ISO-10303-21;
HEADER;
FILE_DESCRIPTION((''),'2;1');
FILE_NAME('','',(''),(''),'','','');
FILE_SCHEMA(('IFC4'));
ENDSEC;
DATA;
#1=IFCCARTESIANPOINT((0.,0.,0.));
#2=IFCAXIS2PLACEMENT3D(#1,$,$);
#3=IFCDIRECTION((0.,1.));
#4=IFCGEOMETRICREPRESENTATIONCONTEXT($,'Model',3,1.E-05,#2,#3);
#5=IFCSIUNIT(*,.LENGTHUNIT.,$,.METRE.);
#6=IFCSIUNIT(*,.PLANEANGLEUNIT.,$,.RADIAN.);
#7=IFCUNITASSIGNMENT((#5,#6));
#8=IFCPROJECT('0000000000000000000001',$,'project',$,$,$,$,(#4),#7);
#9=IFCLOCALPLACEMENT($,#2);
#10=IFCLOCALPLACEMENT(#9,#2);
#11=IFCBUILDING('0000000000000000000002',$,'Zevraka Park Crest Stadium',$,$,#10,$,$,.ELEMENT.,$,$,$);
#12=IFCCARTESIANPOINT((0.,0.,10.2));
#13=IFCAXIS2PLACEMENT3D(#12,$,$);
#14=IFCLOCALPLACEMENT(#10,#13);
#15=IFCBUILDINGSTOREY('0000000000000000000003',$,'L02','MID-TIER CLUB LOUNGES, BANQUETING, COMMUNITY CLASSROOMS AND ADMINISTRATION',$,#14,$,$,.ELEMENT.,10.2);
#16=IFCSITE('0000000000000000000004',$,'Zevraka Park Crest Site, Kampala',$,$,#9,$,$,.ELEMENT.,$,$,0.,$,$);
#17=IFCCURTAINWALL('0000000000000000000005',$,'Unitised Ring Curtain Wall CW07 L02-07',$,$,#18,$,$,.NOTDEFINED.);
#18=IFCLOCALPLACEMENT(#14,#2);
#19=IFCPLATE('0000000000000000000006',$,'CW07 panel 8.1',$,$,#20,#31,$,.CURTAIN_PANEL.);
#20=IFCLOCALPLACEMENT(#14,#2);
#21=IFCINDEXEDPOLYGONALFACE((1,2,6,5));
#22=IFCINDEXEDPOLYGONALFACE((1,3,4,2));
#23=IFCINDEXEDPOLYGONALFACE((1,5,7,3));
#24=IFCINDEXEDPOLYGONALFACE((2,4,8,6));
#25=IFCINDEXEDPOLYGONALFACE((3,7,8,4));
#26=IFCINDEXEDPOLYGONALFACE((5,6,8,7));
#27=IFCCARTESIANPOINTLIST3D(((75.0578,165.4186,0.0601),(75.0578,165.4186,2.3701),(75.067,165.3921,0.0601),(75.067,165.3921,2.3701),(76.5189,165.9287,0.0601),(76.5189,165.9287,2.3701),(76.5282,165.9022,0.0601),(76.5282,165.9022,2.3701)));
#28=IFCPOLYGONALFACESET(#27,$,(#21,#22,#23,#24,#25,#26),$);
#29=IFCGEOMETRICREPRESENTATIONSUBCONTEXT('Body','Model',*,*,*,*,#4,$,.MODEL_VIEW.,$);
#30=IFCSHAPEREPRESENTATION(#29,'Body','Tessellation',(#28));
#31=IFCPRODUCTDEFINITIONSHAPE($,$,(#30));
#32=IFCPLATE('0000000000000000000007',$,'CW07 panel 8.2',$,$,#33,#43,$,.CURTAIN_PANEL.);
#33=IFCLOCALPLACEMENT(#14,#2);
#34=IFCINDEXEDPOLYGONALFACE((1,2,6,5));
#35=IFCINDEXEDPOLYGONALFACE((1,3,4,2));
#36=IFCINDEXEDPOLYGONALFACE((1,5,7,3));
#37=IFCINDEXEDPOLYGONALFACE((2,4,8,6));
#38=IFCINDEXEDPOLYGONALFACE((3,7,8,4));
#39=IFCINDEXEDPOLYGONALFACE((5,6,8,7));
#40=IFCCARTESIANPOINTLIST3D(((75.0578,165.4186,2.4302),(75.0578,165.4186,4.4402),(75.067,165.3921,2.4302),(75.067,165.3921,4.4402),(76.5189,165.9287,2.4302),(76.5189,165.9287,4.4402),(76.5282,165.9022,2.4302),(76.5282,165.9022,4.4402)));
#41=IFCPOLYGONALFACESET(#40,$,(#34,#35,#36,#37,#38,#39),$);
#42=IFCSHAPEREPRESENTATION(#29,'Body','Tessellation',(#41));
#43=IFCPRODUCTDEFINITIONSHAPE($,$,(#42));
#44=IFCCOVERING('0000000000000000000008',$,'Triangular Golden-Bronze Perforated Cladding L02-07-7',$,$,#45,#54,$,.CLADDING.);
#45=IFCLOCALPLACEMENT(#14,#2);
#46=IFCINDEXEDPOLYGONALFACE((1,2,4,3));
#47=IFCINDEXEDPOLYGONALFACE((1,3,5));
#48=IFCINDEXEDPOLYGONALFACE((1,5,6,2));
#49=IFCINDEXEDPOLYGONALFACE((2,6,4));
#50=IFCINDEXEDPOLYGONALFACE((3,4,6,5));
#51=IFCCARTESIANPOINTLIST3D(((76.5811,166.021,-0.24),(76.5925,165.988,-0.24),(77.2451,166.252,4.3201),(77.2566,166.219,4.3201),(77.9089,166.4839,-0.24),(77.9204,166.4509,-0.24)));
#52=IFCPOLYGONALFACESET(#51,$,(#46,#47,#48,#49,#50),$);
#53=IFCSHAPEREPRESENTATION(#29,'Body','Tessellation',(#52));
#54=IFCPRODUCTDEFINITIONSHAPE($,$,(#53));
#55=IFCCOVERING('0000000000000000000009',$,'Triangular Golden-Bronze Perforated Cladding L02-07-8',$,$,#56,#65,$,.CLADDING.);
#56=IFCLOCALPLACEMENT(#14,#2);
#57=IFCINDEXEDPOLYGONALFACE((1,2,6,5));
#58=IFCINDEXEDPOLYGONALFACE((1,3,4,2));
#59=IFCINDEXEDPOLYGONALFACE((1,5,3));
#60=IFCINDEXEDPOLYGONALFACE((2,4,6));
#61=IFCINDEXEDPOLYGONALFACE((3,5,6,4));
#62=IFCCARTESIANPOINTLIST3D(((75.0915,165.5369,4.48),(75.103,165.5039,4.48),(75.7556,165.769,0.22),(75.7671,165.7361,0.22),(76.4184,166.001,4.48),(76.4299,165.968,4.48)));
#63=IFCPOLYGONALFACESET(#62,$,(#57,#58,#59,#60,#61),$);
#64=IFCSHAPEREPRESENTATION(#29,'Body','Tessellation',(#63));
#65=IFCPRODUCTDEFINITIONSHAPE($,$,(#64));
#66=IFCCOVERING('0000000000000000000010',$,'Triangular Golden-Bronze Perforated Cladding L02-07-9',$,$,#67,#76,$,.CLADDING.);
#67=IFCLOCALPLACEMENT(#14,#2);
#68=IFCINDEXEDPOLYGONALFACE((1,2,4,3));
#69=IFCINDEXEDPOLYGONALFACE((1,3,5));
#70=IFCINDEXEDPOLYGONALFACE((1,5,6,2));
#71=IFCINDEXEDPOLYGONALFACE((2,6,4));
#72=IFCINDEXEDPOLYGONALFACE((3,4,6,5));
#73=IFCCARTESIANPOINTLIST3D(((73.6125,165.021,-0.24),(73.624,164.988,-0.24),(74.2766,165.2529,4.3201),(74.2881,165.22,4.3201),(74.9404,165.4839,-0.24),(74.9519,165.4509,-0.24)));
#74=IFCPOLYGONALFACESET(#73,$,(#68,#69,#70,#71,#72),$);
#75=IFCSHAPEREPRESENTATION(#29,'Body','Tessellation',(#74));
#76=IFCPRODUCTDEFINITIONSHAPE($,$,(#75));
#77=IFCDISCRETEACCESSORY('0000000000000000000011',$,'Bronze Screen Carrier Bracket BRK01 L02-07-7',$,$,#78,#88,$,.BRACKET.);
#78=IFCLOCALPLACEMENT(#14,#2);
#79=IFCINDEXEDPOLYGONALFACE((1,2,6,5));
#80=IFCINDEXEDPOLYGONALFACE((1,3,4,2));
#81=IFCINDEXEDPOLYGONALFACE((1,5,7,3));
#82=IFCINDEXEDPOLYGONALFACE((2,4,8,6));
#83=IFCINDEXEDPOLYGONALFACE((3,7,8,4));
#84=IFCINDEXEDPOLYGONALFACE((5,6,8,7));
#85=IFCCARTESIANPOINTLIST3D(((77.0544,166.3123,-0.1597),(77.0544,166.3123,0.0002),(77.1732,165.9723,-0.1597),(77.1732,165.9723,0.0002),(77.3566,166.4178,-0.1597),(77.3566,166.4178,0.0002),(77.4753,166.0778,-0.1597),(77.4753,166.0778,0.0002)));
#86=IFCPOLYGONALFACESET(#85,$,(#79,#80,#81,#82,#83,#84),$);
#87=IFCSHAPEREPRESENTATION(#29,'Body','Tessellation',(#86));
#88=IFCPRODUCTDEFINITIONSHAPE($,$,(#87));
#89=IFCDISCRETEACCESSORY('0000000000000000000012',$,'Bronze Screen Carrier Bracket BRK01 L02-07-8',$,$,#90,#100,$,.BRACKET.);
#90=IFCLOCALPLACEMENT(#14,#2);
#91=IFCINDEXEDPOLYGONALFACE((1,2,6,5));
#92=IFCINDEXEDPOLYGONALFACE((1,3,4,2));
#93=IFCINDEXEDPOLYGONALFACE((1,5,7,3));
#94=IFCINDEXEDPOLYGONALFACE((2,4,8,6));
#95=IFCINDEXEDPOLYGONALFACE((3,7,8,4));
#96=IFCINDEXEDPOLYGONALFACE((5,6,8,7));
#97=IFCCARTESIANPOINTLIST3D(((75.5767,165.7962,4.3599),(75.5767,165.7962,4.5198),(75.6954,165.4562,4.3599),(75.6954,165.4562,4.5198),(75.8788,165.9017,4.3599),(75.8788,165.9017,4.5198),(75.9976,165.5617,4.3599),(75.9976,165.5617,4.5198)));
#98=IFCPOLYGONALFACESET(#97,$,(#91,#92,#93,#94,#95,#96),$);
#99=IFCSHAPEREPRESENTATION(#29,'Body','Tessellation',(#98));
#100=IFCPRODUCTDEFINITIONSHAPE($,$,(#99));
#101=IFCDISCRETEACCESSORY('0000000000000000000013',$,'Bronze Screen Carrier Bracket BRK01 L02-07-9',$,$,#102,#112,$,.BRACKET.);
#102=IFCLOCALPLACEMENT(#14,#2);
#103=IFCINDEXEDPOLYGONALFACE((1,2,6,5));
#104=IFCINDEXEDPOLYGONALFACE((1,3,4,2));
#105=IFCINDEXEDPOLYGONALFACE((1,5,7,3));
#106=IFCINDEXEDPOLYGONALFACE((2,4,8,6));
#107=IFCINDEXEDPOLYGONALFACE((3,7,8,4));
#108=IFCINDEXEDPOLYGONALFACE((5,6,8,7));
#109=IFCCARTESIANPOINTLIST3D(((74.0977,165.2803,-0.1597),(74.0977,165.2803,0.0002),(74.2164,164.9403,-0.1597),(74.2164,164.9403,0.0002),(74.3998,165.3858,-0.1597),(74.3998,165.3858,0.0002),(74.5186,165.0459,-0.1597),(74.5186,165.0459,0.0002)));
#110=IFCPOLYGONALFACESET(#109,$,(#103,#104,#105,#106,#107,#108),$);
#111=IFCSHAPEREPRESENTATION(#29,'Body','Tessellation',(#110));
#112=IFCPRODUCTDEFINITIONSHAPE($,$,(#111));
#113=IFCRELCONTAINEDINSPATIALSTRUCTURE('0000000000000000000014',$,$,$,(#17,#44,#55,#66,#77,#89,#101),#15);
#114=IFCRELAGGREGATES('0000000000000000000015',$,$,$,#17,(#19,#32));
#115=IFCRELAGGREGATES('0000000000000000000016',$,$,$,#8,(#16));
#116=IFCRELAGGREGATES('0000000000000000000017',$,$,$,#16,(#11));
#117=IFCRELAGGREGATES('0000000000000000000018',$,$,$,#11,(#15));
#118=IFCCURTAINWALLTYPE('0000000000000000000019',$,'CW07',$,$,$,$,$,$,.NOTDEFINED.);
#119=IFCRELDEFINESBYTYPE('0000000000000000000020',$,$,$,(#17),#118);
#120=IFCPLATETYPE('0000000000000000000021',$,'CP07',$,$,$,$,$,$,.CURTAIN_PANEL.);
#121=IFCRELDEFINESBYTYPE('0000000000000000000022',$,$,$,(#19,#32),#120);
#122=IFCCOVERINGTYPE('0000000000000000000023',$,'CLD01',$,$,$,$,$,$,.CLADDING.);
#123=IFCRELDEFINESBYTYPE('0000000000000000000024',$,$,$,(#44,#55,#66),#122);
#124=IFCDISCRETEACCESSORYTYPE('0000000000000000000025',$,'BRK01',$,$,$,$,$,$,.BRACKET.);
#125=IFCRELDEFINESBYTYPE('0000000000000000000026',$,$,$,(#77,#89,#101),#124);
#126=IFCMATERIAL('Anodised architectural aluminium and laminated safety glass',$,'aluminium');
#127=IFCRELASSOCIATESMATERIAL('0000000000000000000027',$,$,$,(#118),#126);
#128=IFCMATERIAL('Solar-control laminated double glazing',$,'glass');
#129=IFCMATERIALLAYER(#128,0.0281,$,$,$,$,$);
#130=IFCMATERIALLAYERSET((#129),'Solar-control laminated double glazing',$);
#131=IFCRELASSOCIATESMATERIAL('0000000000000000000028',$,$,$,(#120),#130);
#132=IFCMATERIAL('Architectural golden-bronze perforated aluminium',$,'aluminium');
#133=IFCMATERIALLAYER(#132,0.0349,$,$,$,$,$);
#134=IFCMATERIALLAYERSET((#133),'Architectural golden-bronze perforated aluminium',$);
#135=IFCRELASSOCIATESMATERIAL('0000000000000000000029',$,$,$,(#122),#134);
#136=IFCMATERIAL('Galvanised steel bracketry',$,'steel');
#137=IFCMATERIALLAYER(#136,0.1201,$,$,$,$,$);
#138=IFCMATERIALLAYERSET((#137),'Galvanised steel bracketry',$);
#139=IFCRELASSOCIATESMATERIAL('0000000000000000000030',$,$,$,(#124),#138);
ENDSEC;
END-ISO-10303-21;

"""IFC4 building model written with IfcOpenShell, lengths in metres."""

from ifc_helpers import new_model, si_unit, direction, frame, origin, origin_2d, place, context, subcontext, project, spatial, polyline, rectangle, outline, extrude, material, layer, layer_set, type_object, element, aggregate, save


model = new_model("IFC4")

# Units and contexts
model_context = context("Model", 3, precision=1e-05, world=origin(), true_north=direction((0.0, 1.0)))
body_context = subcontext(model_context, "Body", "Model", "MODEL_VIEW")
ifc_project = project(units=[si_unit("LENGTHUNIT", "METRE"), si_unit("PLANEANGLEUNIT", "RADIAN")], contexts=[model_context])

# Site, building, storey
site_placement = place(None, origin())
site = spatial("IfcSite", under=ifc_project, at=site_placement, Name="Zevraka Park Crest Site, Kampala", CompositionType="ELEMENT", RefElevation=0.0)
building_placement = place(site_placement, origin())
building = spatial("IfcBuilding", under=site, at=building_placement, Name="Zevraka Park Crest Stadium", CompositionType="ELEMENT")
storey_placement = place(building_placement, frame((0.0, 0.0, 10.2)))
storey = spatial("IfcBuildingStorey", under=building, at=storey_placement, Name="L02", Description="MID-TIER CLUB LOUNGES, BANQUETING, COMMUNITY CLASSROOMS AND ADMINISTRATION", CompositionType="ELEMENT", Elevation=10.2)

# Curtain wall
ifc_material_1 = material(Name="Anodised architectural aluminium and laminated safety glass", Category="aluminium")
curtain_wall_type = type_object("IfcCurtainWallType", Name="CW07", PredefinedType="NOTDEFINED", material=ifc_material_1)
curtain_wall_placement = place(storey_placement, origin())
curtain_wall = element("IfcCurtainWall", 1, at=curtain_wall_placement, inside=storey, type_object=curtain_wall_type, Name="Unitised Ring Curtain Wall CW07 L02-07", PredefinedType="NOTDEFINED")

# Plates
ifc_material_2 = material(Name="Solar-control laminated double glazing", Category="glass")
ifc_layer_1 = layer(ifc_material_2, 0.0281)
ifc_layer_set_1 = layer_set([ifc_layer_1], Name="Solar-control laminated double glazing")
plate_type = type_object("IfcPlateType", Name="CP07", PredefinedType="CURTAIN_PANEL", material=ifc_layer_set_1)
plate_1_placement = place(storey_placement, frame((75.793, 165.6604, 0.0601), z_axis=(0.0, 0.0, 1.0), x_axis=(-0.944114, -0.329619, 0.0)))
plate_1 = element("IfcPlate", 2, at=plate_1_placement, type_object=plate_type, Name="CW07 panel 8.1", PredefinedType="CURTAIN_PANEL", context=body_context, shape_type="SweptSolid", body=[
    extrude(rectangle(XDim=1.5476, YDim=0.0281, at=origin_2d()), origin(), (0.0, 0.0, 1.0), 2.3101),
])
plate_2_placement = place(storey_placement, frame((75.793, 165.6604, 2.4302), z_axis=(0.0, 0.0, 1.0), x_axis=(-0.944114, -0.329619, 0.0)))
plate_2 = element("IfcPlate", 3, at=plate_2_placement, type_object=plate_type, Name="CW07 panel 8.2", PredefinedType="CURTAIN_PANEL", context=body_context, shape_type="SweptSolid", body=[
    extrude(rectangle(XDim=1.5476, YDim=0.0281, at=origin_2d()), origin(), (0.0, 0.0, 1.0), 2.01),
])
aggregate(curtain_wall, [plate_1, plate_2])

# Coverings
ifc_material_3 = material(Name="Architectural golden-bronze perforated aluminium", Category="aluminium")
ifc_layer_2 = layer(ifc_material_3, 0.0349)
ifc_layer_set_2 = layer_set([ifc_layer_2], Name="Architectural golden-bronze perforated aluminium")
covering_type = type_object("IfcCoveringType", Name="CLD01", PredefinedType="CLADDING", material=ifc_layer_set_2)
covering_1_placement = place(storey_placement, frame((77.9089, 166.4839, -0.24), z_axis=(-0.329167, 0.944272, 0.00011), x_axis=(-0.944272, -0.329167, 0.0)))
element("IfcCovering", 4, at=covering_1_placement, inside=storey, type_object=covering_type, Name="Triangular Golden-Bronze Perforated Cladding L02-07-7", PredefinedType="CLADDING", context=body_context, shape_type="SweptSolid", body=[
    extrude(outline(polyline([(0.0, 0.0), (1.4062, 0.0), (0.7032, 4.5601), (0.0, 0.0)])), origin(), (0.0, 0.0, -1.0), 0.0349),
])
covering_2_placement = place(storey_placement, frame((75.103, 165.5039, 4.48), z_axis=(0.330157, -0.943926, 0.00002), x_axis=(0.943926, 0.330157, 0.0)))
element("IfcCovering", 5, at=covering_2_placement, inside=storey, type_object=covering_type, Name="Triangular Golden-Bronze Perforated Cladding L02-07-8", PredefinedType="CLADDING", context=body_context, shape_type="SweptSolid", body=[
    extrude(outline(polyline([(0.0, 0.0), (1.4057, 0.0), (0.7035, -4.26), (0.0, 0.0)])), origin(), (0.0, 0.0, -1.0), 0.0349),
])
covering_3_placement = place(storey_placement, frame((74.9519, 165.4509, -0.24), z_axis=(0.329167, -0.944272, 0.000092), x_axis=(-0.944272, -0.329167, 0.0)))
element("IfcCovering", 6, at=covering_3_placement, inside=storey, type_object=covering_type, Name="Triangular Golden-Bronze Perforated Cladding L02-07-9", PredefinedType="CLADDING", context=body_context, shape_type="SweptSolid", body=[
    extrude(outline(polyline([(0.0, 0.0), (1.4062, 0.0), (0.7028, -4.5601), (0.0, 0.0)])), origin(), (0.0, 0.0, -1.0), 0.0349),
])

# Discrete accessories
ifc_material_4 = material(Name="Galvanised steel bracketry", Category="steel")
ifc_layer_3 = layer(ifc_material_4, 0.1201)
ifc_layer_set_3 = layer_set([ifc_layer_3], Name="Galvanised steel bracketry")
discrete_accessory_type = type_object("IfcDiscreteAccessoryType", Name="BRK01", PredefinedType="BRACKET", material=ifc_layer_set_3)
for number, where, z_axis, x_axis, name in (
    (7, (77.2649, 166.1951, -0.1597), (0.0, 0.0, 1.0), (-0.944089, -0.329691, 0.0), "Bronze Screen Carrier Bracket BRK01 L02-07-7"),
    (8, (75.7871, 165.679, 4.3599), (0.0, 0.0, 1.0), (-0.944089, -0.329691, 0.0), "Bronze Screen Carrier Bracket BRK01 L02-07-8"),
    (9, (74.3081, 165.1631, -0.1597), (0.0, 0.0, 1.0), (-0.944089, -0.329691, 0.0), "Bronze Screen Carrier Bracket BRK01 L02-07-9"),
):
    element("IfcDiscreteAccessory", number, at=place(storey_placement, frame(where, z_axis=z_axis, x_axis=x_axis)), inside=storey, type_object=discrete_accessory_type, Name=name, PredefinedType="BRACKET", context=body_context, shape_type="SweptSolid", body=[
        extrude(rectangle(XDim=0.3201, YDim=0.3601, at=origin_2d()), origin(), (0.0, 0.0, 1.0), 0.1599),
    ])

save(model, "model.ifc")
